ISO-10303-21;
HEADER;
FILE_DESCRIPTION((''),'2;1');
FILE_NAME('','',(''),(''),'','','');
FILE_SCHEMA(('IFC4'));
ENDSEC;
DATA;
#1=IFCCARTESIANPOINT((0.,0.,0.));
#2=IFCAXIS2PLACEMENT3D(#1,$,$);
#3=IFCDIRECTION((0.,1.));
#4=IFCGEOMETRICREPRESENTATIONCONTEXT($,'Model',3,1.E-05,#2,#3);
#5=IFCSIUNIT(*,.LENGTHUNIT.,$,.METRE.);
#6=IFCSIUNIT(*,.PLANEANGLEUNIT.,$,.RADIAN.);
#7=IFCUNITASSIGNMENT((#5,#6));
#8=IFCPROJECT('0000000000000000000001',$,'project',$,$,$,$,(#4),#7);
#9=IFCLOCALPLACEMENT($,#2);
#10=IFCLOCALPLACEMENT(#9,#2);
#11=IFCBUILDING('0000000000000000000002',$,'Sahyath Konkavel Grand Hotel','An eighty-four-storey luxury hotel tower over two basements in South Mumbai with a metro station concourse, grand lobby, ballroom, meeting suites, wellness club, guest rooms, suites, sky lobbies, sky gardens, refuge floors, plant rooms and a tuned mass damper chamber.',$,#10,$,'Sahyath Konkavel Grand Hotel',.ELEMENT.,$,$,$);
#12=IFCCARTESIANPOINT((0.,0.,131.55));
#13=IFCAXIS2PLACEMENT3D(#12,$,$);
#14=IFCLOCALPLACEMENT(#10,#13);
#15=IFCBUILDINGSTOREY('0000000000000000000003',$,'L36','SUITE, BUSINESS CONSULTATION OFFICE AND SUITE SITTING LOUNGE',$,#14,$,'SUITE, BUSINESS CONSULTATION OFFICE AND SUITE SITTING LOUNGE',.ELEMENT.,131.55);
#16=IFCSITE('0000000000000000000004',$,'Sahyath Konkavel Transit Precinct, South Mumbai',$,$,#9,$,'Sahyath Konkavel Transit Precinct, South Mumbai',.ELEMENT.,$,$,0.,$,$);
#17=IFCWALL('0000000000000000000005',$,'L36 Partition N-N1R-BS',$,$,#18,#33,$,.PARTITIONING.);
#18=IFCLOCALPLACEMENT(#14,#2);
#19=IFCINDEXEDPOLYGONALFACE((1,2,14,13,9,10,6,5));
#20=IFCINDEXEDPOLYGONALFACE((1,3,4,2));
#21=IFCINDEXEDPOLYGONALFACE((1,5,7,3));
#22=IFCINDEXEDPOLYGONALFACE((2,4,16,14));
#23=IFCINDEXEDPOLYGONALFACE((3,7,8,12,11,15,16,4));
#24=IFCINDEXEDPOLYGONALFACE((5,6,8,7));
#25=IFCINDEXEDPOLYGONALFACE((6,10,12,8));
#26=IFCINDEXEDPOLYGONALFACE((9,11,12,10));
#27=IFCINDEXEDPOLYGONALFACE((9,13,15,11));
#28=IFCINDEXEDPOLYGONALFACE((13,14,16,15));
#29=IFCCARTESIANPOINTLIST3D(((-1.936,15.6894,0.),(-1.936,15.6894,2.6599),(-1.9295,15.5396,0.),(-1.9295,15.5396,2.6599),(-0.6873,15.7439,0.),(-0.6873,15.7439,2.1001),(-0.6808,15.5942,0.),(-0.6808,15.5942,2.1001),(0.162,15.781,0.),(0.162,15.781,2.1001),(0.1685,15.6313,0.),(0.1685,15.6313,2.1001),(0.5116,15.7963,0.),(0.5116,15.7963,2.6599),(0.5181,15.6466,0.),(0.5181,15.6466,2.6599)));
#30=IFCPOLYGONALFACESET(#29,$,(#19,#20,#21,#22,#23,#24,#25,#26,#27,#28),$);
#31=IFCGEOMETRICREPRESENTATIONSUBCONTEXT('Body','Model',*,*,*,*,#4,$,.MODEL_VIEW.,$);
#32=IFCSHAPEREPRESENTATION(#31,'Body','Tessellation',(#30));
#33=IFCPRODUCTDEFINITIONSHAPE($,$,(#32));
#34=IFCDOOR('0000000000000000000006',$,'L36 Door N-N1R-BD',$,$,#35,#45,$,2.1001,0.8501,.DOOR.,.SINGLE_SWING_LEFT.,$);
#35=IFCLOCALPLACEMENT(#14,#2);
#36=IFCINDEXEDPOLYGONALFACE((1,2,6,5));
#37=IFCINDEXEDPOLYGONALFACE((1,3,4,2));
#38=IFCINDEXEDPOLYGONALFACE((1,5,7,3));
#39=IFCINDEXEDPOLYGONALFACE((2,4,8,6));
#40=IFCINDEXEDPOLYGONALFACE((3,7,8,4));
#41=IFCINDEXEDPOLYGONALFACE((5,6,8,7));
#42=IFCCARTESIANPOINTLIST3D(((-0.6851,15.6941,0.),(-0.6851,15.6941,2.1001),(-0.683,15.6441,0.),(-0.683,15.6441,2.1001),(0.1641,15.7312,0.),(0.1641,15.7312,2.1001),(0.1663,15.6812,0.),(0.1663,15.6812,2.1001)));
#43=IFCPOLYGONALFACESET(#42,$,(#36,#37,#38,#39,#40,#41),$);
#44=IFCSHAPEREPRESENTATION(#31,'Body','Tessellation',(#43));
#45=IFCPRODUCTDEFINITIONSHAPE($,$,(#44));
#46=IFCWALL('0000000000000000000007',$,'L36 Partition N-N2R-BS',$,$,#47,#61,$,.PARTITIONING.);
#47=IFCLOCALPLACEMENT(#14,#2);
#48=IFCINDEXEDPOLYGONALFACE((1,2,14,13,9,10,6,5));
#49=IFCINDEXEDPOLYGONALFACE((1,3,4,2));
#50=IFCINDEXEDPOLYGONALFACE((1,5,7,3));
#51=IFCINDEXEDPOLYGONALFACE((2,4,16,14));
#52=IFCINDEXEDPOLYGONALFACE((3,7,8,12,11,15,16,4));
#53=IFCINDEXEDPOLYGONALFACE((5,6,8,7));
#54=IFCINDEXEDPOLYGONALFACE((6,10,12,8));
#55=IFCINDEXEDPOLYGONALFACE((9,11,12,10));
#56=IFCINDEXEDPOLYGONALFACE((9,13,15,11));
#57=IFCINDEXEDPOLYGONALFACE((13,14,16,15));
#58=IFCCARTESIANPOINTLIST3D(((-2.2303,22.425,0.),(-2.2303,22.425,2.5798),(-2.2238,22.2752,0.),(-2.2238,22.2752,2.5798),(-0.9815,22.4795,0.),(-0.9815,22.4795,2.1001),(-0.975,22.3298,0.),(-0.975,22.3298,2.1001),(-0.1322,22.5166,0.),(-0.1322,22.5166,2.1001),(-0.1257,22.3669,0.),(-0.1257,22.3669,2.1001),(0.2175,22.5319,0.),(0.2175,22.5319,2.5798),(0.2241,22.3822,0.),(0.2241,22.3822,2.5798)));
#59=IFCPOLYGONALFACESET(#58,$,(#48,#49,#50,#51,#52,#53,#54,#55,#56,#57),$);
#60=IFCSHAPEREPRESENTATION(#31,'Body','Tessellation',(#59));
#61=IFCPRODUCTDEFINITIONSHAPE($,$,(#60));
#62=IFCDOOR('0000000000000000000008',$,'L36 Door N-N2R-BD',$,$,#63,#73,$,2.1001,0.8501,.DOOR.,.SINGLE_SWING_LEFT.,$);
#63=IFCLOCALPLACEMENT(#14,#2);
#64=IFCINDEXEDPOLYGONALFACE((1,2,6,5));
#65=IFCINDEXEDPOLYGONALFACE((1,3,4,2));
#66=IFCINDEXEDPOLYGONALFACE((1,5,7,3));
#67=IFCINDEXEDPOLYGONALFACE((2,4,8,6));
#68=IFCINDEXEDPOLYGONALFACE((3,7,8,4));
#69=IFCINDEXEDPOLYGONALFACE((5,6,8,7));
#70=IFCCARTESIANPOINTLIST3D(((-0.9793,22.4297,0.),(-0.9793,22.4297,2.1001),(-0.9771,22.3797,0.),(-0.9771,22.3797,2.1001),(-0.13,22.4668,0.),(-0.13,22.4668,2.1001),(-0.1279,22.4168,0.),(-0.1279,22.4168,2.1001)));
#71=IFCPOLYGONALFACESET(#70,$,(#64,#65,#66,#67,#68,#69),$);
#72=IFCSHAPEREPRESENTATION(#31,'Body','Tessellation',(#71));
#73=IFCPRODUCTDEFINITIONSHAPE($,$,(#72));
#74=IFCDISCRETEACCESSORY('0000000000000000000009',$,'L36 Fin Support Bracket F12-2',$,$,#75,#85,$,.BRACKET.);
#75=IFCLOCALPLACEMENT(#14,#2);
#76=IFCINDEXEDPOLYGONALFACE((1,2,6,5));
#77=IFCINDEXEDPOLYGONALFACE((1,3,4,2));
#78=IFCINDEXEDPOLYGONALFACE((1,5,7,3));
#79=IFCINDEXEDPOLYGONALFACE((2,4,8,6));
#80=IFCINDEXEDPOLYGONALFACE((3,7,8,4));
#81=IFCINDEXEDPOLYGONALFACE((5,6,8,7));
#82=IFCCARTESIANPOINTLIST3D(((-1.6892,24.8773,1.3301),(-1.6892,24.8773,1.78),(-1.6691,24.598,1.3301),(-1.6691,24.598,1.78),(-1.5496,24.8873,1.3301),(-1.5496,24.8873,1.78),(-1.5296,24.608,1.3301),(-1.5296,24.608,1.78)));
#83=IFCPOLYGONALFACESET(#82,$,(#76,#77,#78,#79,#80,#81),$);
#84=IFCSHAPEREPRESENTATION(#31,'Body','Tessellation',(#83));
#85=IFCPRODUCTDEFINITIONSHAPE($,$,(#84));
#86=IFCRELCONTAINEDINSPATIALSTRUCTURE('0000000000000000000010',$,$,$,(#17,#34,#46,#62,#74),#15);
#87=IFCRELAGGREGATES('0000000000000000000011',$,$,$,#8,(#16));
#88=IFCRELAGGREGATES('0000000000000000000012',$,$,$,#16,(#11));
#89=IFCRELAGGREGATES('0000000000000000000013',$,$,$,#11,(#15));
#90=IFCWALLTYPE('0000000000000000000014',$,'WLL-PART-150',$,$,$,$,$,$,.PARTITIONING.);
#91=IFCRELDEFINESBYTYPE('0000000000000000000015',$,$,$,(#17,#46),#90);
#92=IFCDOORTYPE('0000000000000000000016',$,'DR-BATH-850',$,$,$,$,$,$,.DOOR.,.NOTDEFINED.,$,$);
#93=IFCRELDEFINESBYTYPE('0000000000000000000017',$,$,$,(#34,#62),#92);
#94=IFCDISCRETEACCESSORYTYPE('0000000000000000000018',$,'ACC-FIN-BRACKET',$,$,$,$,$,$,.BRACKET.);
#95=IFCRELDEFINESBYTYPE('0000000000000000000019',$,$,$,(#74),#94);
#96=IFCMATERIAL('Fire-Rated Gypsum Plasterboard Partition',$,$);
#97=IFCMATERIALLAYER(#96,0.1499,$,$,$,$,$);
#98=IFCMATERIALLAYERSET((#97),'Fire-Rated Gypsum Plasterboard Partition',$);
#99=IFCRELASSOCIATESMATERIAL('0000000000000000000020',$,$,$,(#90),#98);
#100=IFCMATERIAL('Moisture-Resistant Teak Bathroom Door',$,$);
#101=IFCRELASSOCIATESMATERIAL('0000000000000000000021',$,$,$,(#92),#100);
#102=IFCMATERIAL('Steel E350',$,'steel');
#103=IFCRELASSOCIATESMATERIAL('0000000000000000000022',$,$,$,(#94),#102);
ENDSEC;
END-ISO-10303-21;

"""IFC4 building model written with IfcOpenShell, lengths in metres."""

from ifc_helpers import new_model, si_unit, direction, frame, frame_2d, origin, origin_2d, place, context, subcontext, project, spatial, rectangle, extrude, source, transform, mapped, material, layer, layer_set, type_object, element, fill, save


model = new_model("IFC4")

# Units and contexts
model_context = context("Model", 3, precision=1e-05, world=origin(), true_north=direction((0.0, 1.0)))
body_context = subcontext(model_context, "Body", "Model", "MODEL_VIEW")
ifc_project = project(units=[si_unit("LENGTHUNIT", "METRE"), si_unit("PLANEANGLEUNIT", "RADIAN")], contexts=[model_context])

# Site, building, storey
site_placement = place(None, origin())
site = spatial("IfcSite", under=ifc_project, at=site_placement, Name="Sahyath Konkavel Transit Precinct, South Mumbai", LongName="Sahyath Konkavel Transit Precinct, South Mumbai", CompositionType="ELEMENT", RefElevation=0.0)
building_placement = place(site_placement, origin())
building = spatial("IfcBuilding", under=site, at=building_placement, Name="Sahyath Konkavel Grand Hotel", Description="An eighty-four-storey luxury hotel tower over two basements in South Mumbai with a metro station concourse, grand lobby, ballroom, meeting suites, wellness club, guest rooms, suites, sky lobbies, sky gardens, refuge floors, plant rooms and a tuned mass damper chamber.", LongName="Sahyath Konkavel Grand Hotel", CompositionType="ELEMENT")
storey_placement = place(building_placement, frame((0.0, 0.0, 131.55)))
storey = spatial("IfcBuildingStorey", under=building, at=storey_placement, Name="L36", Description="SUITE, BUSINESS CONSULTATION OFFICE AND SUITE SITTING LOUNGE", LongName="SUITE, BUSINESS CONSULTATION OFFICE AND SUITE SITTING LOUNGE", CompositionType="ELEMENT", Elevation=131.55)

# Shared definitions
ifc_material_1 = material(Name="Steel E350", Category="steel")

# Walls, openings, doors
ifc_material_2 = material(Name="Fire-Rated Gypsum Plasterboard Partition")
ifc_layer_1 = layer(ifc_material_2, 0.1499)
ifc_layer_set_1 = layer_set([ifc_layer_1], Name="Fire-Rated Gypsum Plasterboard Partition")
wall_type_1 = type_object("IfcWallType", Name="WLL-PART-150", PredefinedType="PARTITIONING", material=ifc_layer_set_1)
wall_1_placement = place(storey_placement, frame((-1.9329, 15.6145, 0.0), z_axis=(0.0, 0.0, 1.0), x_axis=(0.999047, 0.043649, 0.0)))
wall_1 = element("IfcWall", 1, at=wall_1_placement, inside=storey, type_object=wall_type_1, Name="L36 Partition N-N1R-BS", PredefinedType="PARTITIONING", context=body_context, shape_type="SweptSolid", body=[
    extrude(rectangle(XDim=2.45, YDim=0.1499, at=frame_2d((1.2251, 0.0))), origin(), (0.0, 0.0, 1.0), 2.6599),
])
opening_1_placement = place(wall_1_placement, frame((1.25, 0.0, 0.0)))
opening_1 = element("IfcOpeningElement", 2, at=opening_1_placement, cuts=wall_1, PredefinedType="OPENING", context=body_context, shape_type="SweptSolid", body=[
    extrude(rectangle(XDim=0.8501, YDim=2.1001, at=frame_2d((0.425, 1.05))), frame((0.0, 0.085, 0.0), z_axis=(0.0, -1.0, 0.0), x_axis=(1.0, 0.0, 0.0)), (0.0, 0.0, 1.0), 0.1699),
])
ifc_material_3 = material(Name="Moisture-Resistant Teak Bathroom Door")
door_type = type_object("IfcDoorType", Name="DR-BATH-850", OperationType="NOTDEFINED", PredefinedType="DOOR", material=ifc_material_3)
shared_shape_1 = source(origin(), body_context, "Body", "SweptSolid", [
    extrude(rectangle(XDim=0.8501, YDim=0.05, at=origin_2d()), origin(), (0.0, 0.0, 1.0), 2.1001),
])
door_1_placement = place(opening_1_placement, frame((0.425, 0.0, 0.0)))
door_1 = element("IfcDoor", 3, at=door_1_placement, inside=storey, type_object=door_type, Name="L36 Door N-N1R-BD", OperationType="SINGLE_SWING_LEFT", OverallHeight=2.1001, OverallWidth=0.8501, PredefinedType="DOOR", context=body_context, shape_type="MappedRepresentation", body=[
    mapped(shared_shape_1, transform((0.0, 0.0, 0.0), scale=1.0)),
])
fill(opening_1, door_1)
wall_2_placement = place(storey_placement, frame((-2.2271, 22.3501, 0.0), z_axis=(0.0, 0.0, 1.0), x_axis=(0.999047, 0.043645, 0.0)))
wall_2 = element("IfcWall", 4, at=wall_2_placement, inside=storey, type_object=wall_type_1, Name="L36 Partition N-N2R-BS", PredefinedType="PARTITIONING", context=body_context, shape_type="SweptSolid", body=[
    extrude(rectangle(XDim=2.4502, YDim=0.1499, at=frame_2d((1.2251, 0.0))), origin(), (0.0, 0.0, 1.0), 2.5798),
])
opening_2_placement = place(wall_2_placement, frame((1.25, 0.0, 0.0)))
opening_2 = element("IfcOpeningElement", 5, at=opening_2_placement, cuts=wall_2, PredefinedType="OPENING", context=body_context, shape_type="SweptSolid", body=[
    extrude(rectangle(XDim=0.8501, YDim=2.1001, at=frame_2d((0.425, 1.05))), frame((0.0, 0.085, 0.0), z_axis=(0.0, -1.0, 0.0), x_axis=(1.0, 0.0, 0.0)), (0.0, 0.0, 1.0), 0.1699),
])
door_2_placement = place(opening_2_placement, frame((0.425, 0.0, 0.0)))
door_2 = element("IfcDoor", 6, at=door_2_placement, inside=storey, type_object=door_type, Name="L36 Door N-N2R-BD", OperationType="SINGLE_SWING_LEFT", OverallHeight=2.1001, OverallWidth=0.8501, PredefinedType="DOOR", context=body_context, shape_type="MappedRepresentation", body=[
    mapped(shared_shape_1, transform((0.0, 0.0, 0.0), scale=1.0)),
])
fill(opening_2, door_2)

# Discrete accessory
discrete_accessory_type = type_object("IfcDiscreteAccessoryType", Name="ACC-FIN-BRACKET", PredefinedType="BRACKET", material=ifc_material_1)
shared_shape_2 = source(origin(), body_context, "Body", "SweptSolid", [
    extrude(rectangle(XDim=0.28, YDim=0.1399, at=origin_2d()), origin(), (0.0, 0.0, 1.0), 0.45),
])
discrete_accessory_placement = place(storey_placement, frame((-1.6094, 24.7427, 1.3301), z_axis=(0.0, 0.0, 1.0), x_axis=(-0.071567, 0.997436, 0.0)))
element("IfcDiscreteAccessory", 7, at=discrete_accessory_placement, inside=storey, type_object=discrete_accessory_type, Name="L36 Fin Support Bracket F12-2", PredefinedType="BRACKET", context=body_context, shape_type="MappedRepresentation", body=[
    mapped(shared_shape_2, transform((0.0, 0.0, 0.0), scale=1.0)),
])

save(model, "model.ifc")
